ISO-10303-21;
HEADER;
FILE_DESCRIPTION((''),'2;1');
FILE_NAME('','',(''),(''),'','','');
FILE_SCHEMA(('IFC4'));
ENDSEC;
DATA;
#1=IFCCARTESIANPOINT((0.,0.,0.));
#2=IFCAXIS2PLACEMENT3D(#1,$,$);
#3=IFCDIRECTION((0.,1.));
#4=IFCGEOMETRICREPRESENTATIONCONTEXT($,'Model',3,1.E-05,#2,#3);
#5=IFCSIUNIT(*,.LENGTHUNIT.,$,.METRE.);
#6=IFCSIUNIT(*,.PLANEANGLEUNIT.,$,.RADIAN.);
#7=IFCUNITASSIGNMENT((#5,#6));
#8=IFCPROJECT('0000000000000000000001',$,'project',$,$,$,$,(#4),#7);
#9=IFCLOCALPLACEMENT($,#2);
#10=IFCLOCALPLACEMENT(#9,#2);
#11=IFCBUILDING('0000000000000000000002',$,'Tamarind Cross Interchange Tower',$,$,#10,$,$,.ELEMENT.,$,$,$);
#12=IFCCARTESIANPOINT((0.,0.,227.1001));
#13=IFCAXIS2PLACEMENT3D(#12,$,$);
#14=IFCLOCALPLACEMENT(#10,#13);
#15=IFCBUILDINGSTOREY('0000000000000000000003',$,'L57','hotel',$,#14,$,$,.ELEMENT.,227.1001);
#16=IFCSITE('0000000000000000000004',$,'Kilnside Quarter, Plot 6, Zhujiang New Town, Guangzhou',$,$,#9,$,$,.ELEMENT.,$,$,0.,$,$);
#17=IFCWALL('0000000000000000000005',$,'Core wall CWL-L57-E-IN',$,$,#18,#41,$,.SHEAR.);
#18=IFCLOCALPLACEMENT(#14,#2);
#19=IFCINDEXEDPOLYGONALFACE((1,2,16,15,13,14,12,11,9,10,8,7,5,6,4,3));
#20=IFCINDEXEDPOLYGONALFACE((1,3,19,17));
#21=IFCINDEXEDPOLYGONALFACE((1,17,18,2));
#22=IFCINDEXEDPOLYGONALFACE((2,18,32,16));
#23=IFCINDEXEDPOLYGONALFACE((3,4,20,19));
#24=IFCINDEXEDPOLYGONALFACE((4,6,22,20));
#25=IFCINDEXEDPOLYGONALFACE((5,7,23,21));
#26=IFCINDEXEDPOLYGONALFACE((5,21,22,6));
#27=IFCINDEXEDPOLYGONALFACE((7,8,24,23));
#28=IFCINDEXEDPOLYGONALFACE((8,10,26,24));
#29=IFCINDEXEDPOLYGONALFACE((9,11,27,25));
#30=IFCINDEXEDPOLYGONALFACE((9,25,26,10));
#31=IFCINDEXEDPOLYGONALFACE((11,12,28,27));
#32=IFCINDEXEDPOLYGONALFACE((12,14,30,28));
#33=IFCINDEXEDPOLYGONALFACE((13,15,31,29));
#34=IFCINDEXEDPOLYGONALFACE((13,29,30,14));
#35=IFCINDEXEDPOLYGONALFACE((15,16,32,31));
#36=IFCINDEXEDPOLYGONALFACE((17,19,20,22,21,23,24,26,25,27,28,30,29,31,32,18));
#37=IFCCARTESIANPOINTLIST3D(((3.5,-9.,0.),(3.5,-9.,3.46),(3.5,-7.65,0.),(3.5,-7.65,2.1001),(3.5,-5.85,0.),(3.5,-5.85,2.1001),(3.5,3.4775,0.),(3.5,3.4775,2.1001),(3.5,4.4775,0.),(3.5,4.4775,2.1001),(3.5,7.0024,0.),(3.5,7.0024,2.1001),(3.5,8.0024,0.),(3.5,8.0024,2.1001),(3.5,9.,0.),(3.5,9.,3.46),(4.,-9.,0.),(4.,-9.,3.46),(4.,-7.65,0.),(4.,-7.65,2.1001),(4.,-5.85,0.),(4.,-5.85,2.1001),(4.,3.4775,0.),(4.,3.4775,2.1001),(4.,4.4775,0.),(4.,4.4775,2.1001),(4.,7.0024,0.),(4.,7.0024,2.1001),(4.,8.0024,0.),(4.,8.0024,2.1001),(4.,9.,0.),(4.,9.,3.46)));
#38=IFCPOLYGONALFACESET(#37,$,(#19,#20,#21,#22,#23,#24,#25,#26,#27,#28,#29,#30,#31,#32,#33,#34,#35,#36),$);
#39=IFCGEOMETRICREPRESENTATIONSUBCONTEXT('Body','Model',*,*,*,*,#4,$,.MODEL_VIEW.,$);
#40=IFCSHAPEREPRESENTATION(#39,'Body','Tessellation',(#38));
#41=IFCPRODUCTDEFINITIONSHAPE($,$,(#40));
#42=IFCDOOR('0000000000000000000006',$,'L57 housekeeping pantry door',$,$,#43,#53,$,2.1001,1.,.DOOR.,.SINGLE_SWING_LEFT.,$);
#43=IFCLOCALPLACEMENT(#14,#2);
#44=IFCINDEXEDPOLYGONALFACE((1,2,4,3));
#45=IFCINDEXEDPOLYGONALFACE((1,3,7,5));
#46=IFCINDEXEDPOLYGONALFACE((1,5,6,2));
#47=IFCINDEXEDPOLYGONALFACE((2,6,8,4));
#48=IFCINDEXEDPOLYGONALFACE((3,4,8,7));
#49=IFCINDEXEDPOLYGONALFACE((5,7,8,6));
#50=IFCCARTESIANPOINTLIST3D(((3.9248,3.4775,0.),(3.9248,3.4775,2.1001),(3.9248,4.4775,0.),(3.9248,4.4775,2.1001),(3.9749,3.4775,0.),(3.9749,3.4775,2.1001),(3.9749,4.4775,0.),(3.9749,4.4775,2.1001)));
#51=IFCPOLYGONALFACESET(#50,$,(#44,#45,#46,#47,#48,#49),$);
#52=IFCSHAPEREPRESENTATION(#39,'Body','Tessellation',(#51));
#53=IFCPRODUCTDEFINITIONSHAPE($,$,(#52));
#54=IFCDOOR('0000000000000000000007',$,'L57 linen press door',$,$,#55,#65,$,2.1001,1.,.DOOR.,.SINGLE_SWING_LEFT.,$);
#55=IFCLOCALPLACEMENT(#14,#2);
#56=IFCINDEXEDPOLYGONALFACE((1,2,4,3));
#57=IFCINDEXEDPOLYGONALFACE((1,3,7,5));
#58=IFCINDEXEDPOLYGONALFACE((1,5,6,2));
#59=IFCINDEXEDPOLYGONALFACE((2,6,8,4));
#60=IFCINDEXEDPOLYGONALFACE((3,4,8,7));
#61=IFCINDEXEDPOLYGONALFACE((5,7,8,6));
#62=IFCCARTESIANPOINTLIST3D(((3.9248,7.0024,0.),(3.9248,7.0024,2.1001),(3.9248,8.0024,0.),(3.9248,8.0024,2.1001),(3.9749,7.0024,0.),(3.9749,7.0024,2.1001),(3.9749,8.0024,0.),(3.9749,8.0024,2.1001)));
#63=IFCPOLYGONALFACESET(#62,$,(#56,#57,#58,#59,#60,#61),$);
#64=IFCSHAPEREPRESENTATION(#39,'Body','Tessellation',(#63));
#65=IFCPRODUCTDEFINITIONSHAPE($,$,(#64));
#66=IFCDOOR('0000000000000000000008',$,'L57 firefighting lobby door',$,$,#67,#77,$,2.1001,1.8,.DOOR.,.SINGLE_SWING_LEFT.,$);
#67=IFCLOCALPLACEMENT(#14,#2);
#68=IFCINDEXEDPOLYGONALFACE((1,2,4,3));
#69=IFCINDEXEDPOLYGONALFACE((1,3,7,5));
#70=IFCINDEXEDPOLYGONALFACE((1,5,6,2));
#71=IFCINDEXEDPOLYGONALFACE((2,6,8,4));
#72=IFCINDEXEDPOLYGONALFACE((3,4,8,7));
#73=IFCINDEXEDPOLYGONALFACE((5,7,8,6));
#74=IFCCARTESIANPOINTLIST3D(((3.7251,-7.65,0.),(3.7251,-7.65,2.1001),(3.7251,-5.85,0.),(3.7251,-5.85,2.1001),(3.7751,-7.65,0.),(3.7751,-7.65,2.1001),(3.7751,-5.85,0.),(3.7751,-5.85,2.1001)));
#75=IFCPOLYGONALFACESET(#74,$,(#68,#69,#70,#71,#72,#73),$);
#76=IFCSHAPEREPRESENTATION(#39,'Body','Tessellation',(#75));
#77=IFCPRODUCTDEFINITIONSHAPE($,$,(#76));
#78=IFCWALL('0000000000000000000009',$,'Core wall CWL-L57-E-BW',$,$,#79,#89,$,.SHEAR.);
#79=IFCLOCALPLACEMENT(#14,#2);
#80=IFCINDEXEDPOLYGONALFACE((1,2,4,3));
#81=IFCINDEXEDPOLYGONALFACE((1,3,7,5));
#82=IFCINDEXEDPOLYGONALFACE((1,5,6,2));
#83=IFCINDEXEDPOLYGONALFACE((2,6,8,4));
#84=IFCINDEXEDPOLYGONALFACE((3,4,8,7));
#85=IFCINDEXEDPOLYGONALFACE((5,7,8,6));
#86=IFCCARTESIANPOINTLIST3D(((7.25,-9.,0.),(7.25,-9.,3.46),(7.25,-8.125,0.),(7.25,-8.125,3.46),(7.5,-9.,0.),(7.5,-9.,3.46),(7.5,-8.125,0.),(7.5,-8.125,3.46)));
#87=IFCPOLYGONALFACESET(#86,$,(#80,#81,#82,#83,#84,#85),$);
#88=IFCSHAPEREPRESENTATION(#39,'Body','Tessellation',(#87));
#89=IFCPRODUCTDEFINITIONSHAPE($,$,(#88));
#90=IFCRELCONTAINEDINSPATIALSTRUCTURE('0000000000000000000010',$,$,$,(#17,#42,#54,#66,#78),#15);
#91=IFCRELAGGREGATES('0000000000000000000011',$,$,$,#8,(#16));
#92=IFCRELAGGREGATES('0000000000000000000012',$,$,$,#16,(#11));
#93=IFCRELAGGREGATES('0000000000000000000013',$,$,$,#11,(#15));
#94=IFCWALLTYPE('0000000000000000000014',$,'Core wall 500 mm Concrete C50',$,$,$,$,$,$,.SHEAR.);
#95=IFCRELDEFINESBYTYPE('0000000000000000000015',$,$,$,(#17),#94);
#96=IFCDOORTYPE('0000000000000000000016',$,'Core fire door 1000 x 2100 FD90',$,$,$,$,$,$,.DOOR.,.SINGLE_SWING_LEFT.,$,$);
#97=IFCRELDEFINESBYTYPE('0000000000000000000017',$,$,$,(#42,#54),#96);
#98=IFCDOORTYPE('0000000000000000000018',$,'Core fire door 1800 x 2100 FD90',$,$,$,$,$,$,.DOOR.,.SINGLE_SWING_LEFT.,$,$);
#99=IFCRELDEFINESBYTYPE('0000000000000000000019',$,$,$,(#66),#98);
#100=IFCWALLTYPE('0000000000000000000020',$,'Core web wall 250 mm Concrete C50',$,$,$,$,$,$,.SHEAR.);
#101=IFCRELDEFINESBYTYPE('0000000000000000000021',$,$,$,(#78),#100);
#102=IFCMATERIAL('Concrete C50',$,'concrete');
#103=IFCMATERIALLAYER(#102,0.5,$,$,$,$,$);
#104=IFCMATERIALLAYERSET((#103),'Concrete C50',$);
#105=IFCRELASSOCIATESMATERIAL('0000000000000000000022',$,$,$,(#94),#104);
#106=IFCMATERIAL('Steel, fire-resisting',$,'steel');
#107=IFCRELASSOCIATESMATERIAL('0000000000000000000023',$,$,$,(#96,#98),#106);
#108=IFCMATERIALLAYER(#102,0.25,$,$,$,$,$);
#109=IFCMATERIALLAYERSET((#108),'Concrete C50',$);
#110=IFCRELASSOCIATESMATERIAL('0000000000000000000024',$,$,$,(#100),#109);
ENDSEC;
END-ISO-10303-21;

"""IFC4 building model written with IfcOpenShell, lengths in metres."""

from ifc_helpers import new_model, si_unit, direction, frame, frame_2d, origin, place, context, subcontext, project, spatial, rectangle, extrude, material, layer, layer_set, type_object, element, fill, save


model = new_model("IFC4")

# Units and contexts
model_context = context("Model", 3, precision=1e-05, world=origin(), true_north=direction((0.0, 1.0)))
body_context = subcontext(model_context, "Body", "Model", "MODEL_VIEW")
ifc_project = project(units=[si_unit("LENGTHUNIT", "METRE"), si_unit("PLANEANGLEUNIT", "RADIAN")], contexts=[model_context])

# Site, building, storey
site_placement = place(None, origin())
site = spatial("IfcSite", under=ifc_project, at=site_placement, Name="Kilnside Quarter, Plot 6, Zhujiang New Town, Guangzhou", CompositionType="ELEMENT", RefElevation=0.0)
building_placement = place(site_placement, origin())
building = spatial("IfcBuilding", under=site, at=building_placement, Name="Tamarind Cross Interchange Tower", CompositionType="ELEMENT")
storey_placement = place(building_placement, frame((0.0, 0.0, 227.1001)))
storey = spatial("IfcBuildingStorey", under=building, at=storey_placement, Name="L57", Description="hotel", CompositionType="ELEMENT", Elevation=227.1001)

# Wall, openings, doors
ifc_material_1 = material(Name="Concrete C50", Category="concrete")
ifc_layer_1 = layer(ifc_material_1, 0.5)
ifc_layer_set_1 = layer_set([ifc_layer_1], Name="Concrete C50")
wall_type_1 = type_object("IfcWallType", Name="Core wall 500 mm Concrete C50", PredefinedType="SHEAR", material=ifc_layer_set_1)
wall_1_placement = place(storey_placement, frame((3.75, -9.0, 0.0), z_axis=(0.0, 0.0, 1.0), x_axis=(0.0, 1.0, 0.0)))
wall_1 = element("IfcWall", 1, at=wall_1_placement, inside=storey, type_object=wall_type_1, Name="Core wall CWL-L57-E-IN", PredefinedType="SHEAR", context=body_context, shape_type="SweptSolid", body=[
    extrude(rectangle(XDim=18.0, YDim=0.5, at=frame_2d((9.0, 0.0))), origin(), (0.0, 0.0, 1.0), 3.46),
])
opening_1_placement = place(wall_1_placement, frame((1.3501, 0.0, 0.0)))
opening_1 = element("IfcOpeningElement", 2, at=opening_1_placement, cuts=wall_1, PredefinedType="OPENING", context=body_context, shape_type="SweptSolid", body=[
    extrude(rectangle(XDim=1.8, YDim=2.1001, at=frame_2d((0.8999, 1.05))), frame((0.0, 0.26, 0.0), z_axis=(0.0, -1.0, 0.0), x_axis=(1.0, 0.0, 0.0)), (0.0, 0.0, 1.0), 0.52),
])
opening_2_placement = place(wall_1_placement, frame((12.4775, 0.0, 0.0)))
opening_2 = element("IfcOpeningElement", 3, at=opening_2_placement, cuts=wall_1, PredefinedType="OPENING", context=body_context, shape_type="SweptSolid", body=[
    extrude(rectangle(XDim=1.0, YDim=2.1001, at=frame_2d((0.5, 1.05))), frame((0.0, 0.26, 0.0), z_axis=(0.0, -1.0, 0.0), x_axis=(1.0, 0.0, 0.0)), (0.0, 0.0, 1.0), 0.52),
])
opening_3_placement = place(wall_1_placement, frame((16.0024, 0.0, 0.0)))
opening_3 = element("IfcOpeningElement", 4, at=opening_3_placement, cuts=wall_1, PredefinedType="OPENING", context=body_context, shape_type="SweptSolid", body=[
    extrude(rectangle(XDim=1.0, YDim=2.1001, at=frame_2d((0.5, 1.05))), frame((0.0, 0.26, 0.0), z_axis=(0.0, -1.0, 0.0), x_axis=(1.0, 0.0, 0.0)), (0.0, 0.0, 1.0), 0.52),
])
ifc_material_2 = material(Name="Steel, fire-resisting", Category="steel")
door_type_1 = type_object("IfcDoorType", Name="Core fire door 1000 x 2100 FD90", OperationType="SINGLE_SWING_LEFT", PredefinedType="DOOR", material=ifc_material_2)
door_1_placement = place(opening_2_placement, origin())
door_1 = element("IfcDoor", 5, at=door_1_placement, inside=storey, type_object=door_type_1, Name="L57 housekeeping pantry door", OperationType="SINGLE_SWING_LEFT", OverallHeight=2.1001, OverallWidth=1.0, PredefinedType="DOOR", context=body_context, shape_type="SweptSolid", body=[
    extrude(rectangle(XDim=1.0, YDim=2.1001, at=frame_2d((0.5, 1.05))), frame((0.0, -0.1748, 0.0), z_axis=(0.0, -1.0, 0.0), x_axis=(1.0, 0.0, 0.0)), (0.0, 0.0, 1.0), 0.05),
])
fill(opening_2, door_1)
door_2_placement = place(opening_3_placement, origin())
door_2 = element("IfcDoor", 6, at=door_2_placement, inside=storey, type_object=door_type_1, Name="L57 linen press door", OperationType="SINGLE_SWING_LEFT", OverallHeight=2.1001, OverallWidth=1.0, PredefinedType="DOOR", context=body_context, shape_type="SweptSolid", body=[
    extrude(rectangle(XDim=1.0, YDim=2.1001, at=frame_2d((0.5, 1.05))), frame((0.0, -0.1748, 0.0), z_axis=(0.0, -1.0, 0.0), x_axis=(1.0, 0.0, 0.0)), (0.0, 0.0, 1.0), 0.05),
])
fill(opening_3, door_2)
door_type_2 = type_object("IfcDoorType", Name="Core fire door 1800 x 2100 FD90", OperationType="SINGLE_SWING_LEFT", PredefinedType="DOOR", material=ifc_material_2)
door_3_placement = place(opening_1_placement, origin())
door_3 = element("IfcDoor", 7, at=door_3_placement, inside=storey, type_object=door_type_2, Name="L57 firefighting lobby door", OperationType="SINGLE_SWING_LEFT", OverallHeight=2.1001, OverallWidth=1.8, PredefinedType="DOOR", context=body_context, shape_type="SweptSolid", body=[
    extrude(rectangle(XDim=1.8, YDim=2.1001, at=frame_2d((0.8999, 1.05))), frame((0.0, 0.0249, 0.0), z_axis=(0.0, -1.0, 0.0), x_axis=(1.0, 0.0, 0.0)), (0.0, 0.0, 1.0), 0.05),
])
fill(opening_1, door_3)

# Wall
ifc_layer_2 = layer(ifc_material_1, 0.25)
ifc_layer_set_2 = layer_set([ifc_layer_2], Name="Concrete C50")
wall_type_2 = type_object("IfcWallType", Name="Core web wall 250 mm Concrete C50", PredefinedType="SHEAR", material=ifc_layer_set_2)
wall_2_placement = place(storey_placement, frame((7.375, -9.0, 0.0), z_axis=(0.0, 0.0, 1.0), x_axis=(0.0, 1.0, 0.0)))
element("IfcWall", 8, at=wall_2_placement, inside=storey, type_object=wall_type_2, Name="Core wall CWL-L57-E-BW", PredefinedType="SHEAR", context=body_context, shape_type="SweptSolid", body=[
    extrude(rectangle(XDim=0.875, YDim=0.25, at=frame_2d((0.4375, 0.0))), origin(), (0.0, 0.0, 1.0), 3.46),
])

save(model, "model.ifc")
